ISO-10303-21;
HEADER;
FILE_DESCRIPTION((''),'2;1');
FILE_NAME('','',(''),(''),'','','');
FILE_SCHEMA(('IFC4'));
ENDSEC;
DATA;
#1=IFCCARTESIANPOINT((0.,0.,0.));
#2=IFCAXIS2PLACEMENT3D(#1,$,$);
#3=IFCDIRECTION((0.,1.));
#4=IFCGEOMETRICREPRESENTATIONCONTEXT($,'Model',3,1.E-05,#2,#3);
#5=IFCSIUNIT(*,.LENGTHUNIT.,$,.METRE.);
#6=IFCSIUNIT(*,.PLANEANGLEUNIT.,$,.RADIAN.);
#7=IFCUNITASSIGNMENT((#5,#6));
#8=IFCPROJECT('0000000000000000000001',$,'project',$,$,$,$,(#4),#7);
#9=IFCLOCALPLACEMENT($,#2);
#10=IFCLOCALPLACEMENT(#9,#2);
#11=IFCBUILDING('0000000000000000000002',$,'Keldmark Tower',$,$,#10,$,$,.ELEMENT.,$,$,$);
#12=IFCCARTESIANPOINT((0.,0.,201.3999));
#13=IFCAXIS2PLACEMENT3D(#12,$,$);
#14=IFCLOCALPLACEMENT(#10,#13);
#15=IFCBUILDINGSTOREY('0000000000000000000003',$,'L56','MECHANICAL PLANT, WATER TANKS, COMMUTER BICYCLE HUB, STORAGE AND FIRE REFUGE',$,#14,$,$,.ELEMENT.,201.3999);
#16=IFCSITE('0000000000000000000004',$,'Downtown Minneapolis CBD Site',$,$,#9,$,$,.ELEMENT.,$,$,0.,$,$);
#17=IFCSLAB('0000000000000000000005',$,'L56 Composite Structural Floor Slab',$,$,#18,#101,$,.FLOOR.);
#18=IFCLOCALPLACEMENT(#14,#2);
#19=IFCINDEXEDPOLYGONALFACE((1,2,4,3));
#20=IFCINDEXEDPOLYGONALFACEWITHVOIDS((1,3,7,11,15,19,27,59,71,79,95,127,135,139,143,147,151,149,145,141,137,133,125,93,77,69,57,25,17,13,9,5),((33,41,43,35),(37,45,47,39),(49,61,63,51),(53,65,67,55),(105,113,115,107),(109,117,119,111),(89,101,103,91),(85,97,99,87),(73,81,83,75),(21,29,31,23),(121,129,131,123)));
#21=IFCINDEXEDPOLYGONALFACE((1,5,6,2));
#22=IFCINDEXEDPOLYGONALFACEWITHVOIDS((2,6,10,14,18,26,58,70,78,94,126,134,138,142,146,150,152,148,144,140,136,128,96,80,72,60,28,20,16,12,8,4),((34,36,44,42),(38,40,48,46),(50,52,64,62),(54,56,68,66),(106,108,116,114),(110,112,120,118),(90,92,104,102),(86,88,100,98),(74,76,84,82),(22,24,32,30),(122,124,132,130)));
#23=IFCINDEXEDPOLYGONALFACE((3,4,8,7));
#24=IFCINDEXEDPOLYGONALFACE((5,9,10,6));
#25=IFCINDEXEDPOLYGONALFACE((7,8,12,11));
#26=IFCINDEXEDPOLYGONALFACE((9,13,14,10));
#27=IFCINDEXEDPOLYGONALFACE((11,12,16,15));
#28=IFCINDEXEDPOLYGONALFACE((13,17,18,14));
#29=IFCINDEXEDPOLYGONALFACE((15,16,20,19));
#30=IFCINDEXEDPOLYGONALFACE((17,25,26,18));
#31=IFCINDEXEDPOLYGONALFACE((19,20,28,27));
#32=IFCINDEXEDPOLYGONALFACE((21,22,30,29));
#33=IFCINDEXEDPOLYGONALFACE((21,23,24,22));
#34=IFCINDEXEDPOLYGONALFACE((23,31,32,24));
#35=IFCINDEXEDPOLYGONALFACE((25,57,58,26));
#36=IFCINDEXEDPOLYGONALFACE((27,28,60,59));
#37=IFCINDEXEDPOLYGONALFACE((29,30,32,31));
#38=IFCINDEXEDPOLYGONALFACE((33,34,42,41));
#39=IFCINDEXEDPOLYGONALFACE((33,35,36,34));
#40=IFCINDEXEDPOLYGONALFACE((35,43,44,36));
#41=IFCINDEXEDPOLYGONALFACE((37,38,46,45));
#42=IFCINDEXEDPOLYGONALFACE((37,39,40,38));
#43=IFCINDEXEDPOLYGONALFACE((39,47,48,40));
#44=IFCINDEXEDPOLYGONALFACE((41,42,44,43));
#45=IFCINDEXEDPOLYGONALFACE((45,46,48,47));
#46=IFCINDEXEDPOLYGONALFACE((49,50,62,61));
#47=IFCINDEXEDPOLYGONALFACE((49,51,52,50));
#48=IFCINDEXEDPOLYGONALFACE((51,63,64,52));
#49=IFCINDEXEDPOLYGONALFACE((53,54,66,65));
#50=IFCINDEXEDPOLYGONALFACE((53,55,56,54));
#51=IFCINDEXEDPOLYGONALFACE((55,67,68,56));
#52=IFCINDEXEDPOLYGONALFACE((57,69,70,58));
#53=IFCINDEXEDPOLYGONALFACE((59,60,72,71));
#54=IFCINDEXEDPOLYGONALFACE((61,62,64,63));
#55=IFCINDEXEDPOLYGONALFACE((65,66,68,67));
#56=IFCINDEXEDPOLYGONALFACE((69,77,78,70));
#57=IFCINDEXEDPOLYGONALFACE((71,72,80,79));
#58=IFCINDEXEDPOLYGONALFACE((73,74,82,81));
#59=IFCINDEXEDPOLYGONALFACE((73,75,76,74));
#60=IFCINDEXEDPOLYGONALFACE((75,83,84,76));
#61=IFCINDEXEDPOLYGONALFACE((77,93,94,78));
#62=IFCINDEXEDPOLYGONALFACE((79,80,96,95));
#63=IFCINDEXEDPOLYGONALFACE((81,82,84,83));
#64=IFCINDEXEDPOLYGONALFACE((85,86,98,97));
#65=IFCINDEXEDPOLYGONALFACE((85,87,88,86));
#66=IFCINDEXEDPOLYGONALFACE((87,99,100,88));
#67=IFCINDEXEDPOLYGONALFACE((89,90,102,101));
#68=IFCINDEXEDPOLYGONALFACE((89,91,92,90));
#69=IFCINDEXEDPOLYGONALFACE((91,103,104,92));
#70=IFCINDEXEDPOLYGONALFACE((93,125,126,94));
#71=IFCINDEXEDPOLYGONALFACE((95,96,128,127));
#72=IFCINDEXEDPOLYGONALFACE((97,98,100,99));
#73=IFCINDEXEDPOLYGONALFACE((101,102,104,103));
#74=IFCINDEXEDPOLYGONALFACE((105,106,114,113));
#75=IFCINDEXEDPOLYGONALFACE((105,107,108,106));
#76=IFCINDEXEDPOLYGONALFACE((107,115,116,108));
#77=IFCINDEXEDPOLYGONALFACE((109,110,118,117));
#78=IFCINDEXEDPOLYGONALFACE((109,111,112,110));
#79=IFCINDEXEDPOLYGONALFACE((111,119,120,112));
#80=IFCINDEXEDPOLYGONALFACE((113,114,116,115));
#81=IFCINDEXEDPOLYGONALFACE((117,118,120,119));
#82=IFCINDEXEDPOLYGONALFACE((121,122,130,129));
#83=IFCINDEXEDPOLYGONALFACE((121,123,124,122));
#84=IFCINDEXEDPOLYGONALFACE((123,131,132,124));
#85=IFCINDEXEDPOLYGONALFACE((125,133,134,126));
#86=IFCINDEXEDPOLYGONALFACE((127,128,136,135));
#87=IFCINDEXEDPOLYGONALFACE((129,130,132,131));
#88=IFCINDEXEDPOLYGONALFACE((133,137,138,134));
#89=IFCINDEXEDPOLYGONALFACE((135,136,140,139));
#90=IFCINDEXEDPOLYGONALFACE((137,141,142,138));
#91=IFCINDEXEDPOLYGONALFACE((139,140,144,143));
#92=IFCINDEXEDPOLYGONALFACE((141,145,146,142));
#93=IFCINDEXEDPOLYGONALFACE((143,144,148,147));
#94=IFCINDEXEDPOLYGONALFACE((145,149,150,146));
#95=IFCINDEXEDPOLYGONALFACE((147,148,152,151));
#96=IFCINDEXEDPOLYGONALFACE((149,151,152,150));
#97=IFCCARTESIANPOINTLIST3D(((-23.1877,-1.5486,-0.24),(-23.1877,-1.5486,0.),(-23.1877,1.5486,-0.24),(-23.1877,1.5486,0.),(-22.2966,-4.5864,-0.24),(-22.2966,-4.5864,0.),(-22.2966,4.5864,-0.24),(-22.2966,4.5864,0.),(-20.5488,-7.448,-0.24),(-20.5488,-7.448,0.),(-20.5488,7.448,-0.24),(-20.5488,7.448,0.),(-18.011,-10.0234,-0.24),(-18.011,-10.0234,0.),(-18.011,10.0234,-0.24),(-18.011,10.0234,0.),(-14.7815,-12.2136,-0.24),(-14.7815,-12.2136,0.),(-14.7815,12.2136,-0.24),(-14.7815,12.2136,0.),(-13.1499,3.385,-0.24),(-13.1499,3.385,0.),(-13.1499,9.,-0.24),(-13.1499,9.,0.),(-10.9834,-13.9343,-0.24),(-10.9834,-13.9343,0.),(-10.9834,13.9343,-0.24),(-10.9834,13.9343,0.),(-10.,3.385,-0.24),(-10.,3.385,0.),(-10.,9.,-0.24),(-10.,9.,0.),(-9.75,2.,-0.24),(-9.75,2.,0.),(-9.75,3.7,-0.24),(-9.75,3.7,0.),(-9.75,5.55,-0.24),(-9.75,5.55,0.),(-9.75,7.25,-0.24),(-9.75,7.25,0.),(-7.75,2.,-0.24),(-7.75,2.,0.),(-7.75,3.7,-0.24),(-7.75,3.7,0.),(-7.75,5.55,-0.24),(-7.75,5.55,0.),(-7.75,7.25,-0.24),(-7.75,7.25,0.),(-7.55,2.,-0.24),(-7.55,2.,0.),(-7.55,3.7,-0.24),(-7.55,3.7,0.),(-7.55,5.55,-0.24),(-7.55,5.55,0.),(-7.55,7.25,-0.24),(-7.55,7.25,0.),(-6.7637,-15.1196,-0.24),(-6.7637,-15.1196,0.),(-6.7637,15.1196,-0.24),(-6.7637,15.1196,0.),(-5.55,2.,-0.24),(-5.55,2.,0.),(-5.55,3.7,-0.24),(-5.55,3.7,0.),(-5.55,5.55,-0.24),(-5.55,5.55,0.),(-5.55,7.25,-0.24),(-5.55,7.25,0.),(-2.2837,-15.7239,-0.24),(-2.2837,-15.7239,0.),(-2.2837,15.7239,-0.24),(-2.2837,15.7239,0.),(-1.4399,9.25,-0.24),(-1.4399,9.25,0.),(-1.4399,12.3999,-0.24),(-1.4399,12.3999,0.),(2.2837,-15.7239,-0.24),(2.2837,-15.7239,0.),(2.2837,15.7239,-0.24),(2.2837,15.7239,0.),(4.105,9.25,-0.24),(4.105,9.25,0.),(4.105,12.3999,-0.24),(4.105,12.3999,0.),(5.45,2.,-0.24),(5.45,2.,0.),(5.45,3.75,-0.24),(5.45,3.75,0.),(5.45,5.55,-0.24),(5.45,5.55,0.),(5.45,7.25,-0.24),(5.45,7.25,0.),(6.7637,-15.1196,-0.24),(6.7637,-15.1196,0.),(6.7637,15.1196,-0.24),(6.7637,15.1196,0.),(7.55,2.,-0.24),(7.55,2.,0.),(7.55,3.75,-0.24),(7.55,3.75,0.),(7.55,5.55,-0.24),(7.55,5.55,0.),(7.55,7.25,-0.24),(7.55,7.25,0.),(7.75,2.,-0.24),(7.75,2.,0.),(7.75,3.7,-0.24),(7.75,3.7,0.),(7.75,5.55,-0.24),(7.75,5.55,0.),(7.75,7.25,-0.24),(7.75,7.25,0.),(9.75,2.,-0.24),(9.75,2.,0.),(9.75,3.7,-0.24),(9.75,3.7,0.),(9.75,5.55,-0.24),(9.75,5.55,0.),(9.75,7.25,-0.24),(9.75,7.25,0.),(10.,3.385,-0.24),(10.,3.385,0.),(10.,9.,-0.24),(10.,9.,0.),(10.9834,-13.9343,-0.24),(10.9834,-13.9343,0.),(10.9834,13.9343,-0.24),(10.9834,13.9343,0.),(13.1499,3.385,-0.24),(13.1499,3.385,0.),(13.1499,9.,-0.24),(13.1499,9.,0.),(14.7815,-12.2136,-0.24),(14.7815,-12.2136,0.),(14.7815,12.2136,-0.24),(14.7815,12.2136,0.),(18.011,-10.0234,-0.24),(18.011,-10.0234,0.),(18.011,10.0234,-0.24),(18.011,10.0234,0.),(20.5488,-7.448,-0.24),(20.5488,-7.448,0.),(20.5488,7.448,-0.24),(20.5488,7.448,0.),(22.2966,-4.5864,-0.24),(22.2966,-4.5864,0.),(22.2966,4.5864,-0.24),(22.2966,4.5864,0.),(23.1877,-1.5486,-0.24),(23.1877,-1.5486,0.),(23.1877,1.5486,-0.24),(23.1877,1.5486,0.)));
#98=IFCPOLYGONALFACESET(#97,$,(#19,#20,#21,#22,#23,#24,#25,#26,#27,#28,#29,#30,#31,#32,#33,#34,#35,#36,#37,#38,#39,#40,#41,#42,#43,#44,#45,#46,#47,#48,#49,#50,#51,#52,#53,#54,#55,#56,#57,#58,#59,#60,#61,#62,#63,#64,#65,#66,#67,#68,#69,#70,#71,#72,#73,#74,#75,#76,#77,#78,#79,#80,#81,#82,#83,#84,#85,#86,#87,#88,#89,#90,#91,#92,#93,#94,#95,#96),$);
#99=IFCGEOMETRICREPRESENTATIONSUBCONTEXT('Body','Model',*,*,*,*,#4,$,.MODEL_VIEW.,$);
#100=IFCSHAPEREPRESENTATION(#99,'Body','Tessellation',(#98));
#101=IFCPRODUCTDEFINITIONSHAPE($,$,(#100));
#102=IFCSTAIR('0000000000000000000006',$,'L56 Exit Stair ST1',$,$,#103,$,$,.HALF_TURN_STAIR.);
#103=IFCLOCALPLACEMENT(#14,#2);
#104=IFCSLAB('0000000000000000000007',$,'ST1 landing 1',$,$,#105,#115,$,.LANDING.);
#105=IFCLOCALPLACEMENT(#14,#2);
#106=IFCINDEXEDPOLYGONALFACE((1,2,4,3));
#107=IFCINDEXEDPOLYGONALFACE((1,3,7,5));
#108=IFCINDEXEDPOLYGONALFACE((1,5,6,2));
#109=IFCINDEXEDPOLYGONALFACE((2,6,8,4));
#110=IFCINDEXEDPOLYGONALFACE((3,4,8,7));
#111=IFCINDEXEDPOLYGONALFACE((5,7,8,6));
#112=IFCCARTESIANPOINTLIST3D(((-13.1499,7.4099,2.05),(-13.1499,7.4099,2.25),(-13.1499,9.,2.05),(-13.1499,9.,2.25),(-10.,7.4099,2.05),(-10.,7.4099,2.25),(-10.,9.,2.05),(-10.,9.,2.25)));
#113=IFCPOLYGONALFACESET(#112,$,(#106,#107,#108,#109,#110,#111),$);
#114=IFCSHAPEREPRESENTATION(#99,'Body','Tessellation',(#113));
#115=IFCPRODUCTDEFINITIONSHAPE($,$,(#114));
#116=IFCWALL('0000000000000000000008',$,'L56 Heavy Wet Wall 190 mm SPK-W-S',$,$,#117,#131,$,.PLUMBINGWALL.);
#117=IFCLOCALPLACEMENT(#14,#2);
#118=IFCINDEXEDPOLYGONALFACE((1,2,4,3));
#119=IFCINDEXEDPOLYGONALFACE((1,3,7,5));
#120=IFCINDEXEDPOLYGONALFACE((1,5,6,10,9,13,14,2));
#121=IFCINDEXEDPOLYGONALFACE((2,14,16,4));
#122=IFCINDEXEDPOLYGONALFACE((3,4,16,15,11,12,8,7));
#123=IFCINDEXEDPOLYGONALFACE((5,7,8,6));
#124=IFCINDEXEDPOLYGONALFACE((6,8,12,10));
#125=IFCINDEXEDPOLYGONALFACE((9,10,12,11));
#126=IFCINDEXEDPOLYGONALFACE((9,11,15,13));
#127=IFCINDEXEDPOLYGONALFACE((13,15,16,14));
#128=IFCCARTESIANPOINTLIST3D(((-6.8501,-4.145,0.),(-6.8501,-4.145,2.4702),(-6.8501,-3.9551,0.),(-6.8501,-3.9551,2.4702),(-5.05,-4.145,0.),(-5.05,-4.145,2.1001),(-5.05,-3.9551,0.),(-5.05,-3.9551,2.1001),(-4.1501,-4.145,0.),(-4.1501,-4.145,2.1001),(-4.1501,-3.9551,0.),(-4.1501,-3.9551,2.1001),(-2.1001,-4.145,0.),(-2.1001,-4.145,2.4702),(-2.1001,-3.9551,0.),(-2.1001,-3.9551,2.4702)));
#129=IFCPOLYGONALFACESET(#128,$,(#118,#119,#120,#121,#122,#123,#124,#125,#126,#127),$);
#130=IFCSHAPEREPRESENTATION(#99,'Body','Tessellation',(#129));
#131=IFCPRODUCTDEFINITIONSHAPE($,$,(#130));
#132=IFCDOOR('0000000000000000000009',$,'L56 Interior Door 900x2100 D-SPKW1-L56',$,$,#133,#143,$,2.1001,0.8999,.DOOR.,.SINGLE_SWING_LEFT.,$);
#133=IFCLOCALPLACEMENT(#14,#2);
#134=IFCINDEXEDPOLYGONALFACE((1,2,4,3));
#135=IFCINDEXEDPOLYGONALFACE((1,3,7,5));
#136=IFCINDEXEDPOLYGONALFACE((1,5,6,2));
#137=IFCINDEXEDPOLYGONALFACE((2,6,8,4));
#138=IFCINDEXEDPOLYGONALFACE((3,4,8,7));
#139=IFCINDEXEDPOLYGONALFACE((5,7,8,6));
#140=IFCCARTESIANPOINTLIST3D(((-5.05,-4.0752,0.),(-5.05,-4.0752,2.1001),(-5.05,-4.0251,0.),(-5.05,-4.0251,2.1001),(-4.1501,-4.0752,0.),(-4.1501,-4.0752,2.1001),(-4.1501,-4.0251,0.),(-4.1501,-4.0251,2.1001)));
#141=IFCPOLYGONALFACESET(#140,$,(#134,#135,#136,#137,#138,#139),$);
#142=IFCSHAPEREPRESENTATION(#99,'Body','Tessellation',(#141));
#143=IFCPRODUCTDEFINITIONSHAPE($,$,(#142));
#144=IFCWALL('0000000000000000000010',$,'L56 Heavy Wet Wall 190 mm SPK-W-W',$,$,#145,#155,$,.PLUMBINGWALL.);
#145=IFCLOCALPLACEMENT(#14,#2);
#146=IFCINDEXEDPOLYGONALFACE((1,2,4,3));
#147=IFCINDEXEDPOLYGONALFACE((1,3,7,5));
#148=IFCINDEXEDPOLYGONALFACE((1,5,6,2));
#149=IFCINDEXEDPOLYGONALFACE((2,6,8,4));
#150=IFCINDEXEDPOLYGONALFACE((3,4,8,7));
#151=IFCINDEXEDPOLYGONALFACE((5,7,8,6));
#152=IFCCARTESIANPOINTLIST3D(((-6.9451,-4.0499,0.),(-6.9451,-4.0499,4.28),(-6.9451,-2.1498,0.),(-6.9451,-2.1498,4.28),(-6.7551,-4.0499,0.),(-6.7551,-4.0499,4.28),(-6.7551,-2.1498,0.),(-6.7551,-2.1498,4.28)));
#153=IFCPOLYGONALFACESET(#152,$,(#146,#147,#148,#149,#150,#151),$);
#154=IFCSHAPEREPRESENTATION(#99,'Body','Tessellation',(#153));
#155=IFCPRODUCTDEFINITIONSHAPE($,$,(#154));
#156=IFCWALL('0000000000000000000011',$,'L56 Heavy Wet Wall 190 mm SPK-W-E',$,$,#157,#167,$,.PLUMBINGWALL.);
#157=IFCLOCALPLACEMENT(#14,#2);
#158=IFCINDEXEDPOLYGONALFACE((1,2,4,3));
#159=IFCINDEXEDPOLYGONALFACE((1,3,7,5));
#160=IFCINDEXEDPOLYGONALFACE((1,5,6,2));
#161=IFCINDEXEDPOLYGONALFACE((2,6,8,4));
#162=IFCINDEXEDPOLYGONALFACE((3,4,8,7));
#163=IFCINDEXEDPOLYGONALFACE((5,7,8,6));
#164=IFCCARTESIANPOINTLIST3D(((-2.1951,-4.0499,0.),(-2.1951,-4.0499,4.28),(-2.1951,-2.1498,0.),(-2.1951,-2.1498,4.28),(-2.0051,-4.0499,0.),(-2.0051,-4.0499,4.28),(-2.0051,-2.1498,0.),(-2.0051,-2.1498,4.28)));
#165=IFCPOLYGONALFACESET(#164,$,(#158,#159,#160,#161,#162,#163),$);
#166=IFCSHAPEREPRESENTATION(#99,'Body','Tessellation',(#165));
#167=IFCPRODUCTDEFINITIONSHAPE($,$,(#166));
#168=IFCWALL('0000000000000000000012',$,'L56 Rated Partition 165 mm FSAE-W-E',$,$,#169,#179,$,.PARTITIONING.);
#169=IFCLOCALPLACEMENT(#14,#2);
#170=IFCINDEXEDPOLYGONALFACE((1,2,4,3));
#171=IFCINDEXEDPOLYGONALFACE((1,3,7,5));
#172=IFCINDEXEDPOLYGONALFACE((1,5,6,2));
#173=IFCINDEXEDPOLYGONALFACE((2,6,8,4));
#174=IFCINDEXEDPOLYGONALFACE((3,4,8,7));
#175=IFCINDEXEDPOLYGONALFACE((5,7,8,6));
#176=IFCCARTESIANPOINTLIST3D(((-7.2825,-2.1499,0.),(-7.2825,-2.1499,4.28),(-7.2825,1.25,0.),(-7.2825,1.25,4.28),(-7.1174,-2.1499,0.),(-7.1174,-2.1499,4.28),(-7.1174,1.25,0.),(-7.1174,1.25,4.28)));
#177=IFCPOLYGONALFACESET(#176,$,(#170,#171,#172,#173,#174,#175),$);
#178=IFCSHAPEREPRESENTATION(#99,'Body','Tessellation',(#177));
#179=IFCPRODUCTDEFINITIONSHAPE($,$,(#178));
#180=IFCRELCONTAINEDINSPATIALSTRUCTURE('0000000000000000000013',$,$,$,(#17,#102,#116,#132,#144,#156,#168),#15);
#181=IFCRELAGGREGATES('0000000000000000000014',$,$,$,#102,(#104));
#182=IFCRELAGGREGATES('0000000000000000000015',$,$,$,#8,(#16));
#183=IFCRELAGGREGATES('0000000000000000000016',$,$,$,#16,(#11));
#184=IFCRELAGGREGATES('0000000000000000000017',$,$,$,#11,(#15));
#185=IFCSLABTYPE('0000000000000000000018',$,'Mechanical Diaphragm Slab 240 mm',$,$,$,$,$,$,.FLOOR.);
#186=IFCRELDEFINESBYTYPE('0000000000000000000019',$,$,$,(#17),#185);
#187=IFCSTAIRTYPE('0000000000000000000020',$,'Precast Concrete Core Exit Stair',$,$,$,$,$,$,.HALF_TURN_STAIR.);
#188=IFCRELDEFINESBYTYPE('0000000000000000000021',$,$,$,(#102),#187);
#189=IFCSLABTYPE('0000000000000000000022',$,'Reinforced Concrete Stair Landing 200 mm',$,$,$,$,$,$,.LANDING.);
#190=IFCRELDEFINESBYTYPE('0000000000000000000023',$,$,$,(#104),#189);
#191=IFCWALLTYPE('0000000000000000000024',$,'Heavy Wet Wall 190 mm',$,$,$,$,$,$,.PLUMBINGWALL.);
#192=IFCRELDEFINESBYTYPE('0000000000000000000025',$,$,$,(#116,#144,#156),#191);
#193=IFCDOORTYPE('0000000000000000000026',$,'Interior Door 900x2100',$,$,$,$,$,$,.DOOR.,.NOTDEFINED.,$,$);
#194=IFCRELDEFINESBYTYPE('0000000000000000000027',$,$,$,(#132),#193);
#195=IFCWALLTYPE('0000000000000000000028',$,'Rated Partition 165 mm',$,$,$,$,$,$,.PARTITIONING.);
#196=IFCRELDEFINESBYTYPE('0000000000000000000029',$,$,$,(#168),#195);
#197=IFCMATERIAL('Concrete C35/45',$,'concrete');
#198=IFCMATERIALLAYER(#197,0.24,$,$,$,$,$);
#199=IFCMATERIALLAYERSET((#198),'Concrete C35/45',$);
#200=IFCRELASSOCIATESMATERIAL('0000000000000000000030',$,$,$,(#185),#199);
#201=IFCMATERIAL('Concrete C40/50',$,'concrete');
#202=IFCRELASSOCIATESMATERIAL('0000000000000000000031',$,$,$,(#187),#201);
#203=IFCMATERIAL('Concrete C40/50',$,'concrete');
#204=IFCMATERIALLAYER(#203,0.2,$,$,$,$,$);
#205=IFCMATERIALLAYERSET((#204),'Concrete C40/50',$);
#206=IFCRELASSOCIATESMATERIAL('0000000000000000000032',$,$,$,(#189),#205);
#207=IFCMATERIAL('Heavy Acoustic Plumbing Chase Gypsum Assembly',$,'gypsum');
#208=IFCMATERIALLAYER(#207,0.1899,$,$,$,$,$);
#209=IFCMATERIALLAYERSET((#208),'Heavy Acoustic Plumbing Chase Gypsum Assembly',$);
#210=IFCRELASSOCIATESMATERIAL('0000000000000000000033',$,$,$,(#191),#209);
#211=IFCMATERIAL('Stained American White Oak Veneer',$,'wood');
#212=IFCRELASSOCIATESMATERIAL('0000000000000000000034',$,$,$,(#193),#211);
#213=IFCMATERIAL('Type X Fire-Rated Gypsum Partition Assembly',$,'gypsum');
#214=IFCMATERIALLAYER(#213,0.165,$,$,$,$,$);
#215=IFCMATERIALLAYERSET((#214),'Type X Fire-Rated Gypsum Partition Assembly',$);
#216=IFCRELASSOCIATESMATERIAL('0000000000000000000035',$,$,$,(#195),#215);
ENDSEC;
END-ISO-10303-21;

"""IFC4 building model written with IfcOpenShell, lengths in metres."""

from ifc_helpers import new_model, si_unit, direction, frame, frame_2d, origin, place, context, subcontext, project, spatial, polyline, rectangle, outline, extrude, material, layer, layer_set, type_object, element, fill, aggregate, save


model = new_model("IFC4")

# Units and contexts
model_context = context("Model", 3, precision=1e-05, world=origin(), true_north=direction((0.0, 1.0)))
body_context = subcontext(model_context, "Body", "Model", "MODEL_VIEW")
ifc_project = project(units=[si_unit("LENGTHUNIT", "METRE"), si_unit("PLANEANGLEUNIT", "RADIAN")], contexts=[model_context])

# Site, building, storey
site_placement = place(None, origin())
site = spatial("IfcSite", under=ifc_project, at=site_placement, Name="Downtown Minneapolis CBD Site", CompositionType="ELEMENT", RefElevation=0.0)
building_placement = place(site_placement, origin())
building = spatial("IfcBuilding", under=site, at=building_placement, Name="Keldmark Tower", CompositionType="ELEMENT")
storey_placement = place(building_placement, frame((0.0, 0.0, 201.3999)))
storey = spatial("IfcBuildingStorey", under=building, at=storey_placement, Name="L56", Description="MECHANICAL PLANT, WATER TANKS, COMMUTER BICYCLE HUB, STORAGE AND FIRE REFUGE", CompositionType="ELEMENT", Elevation=201.3999)

# Slab
ifc_material_1 = material(Name="Concrete C35/45", Category="concrete")
ifc_layer_1 = layer(ifc_material_1, 0.24)
ifc_layer_set_1 = layer_set([ifc_layer_1], Name="Concrete C35/45")
slab_type_1 = type_object("IfcSlabType", Name="Mechanical Diaphragm Slab 240 mm", PredefinedType="FLOOR", material=ifc_layer_set_1)
slab_1_placement = place(storey_placement, frame((0.0, 0.0, -0.24)))
element("IfcSlab", 1, at=slab_1_placement, inside=storey, type_object=slab_type_1, Name="L56 Composite Structural Floor Slab", PredefinedType="FLOOR", context=body_context, shape_type="SweptSolid", body=[
    extrude(outline(polyline([(23.1877, 1.5486), (22.2966, 4.5864), (20.5488, 7.448), (18.011, 10.0234), (14.7815, 12.2136), (10.9834, 13.9343), (6.7637, 15.1196), (2.2837, 15.7239), (-2.2837, 15.7239), (-6.7637, 15.1196), (-10.9834, 13.9343), (-14.7815, 12.2136), (-18.011, 10.0234), (-20.5488, 7.448), (-22.2966, 4.5864), (-23.1877, 1.5486), (-23.1877, -1.5486), (-22.2966, -4.5864), (-20.5488, -7.448), (-18.011, -10.0234), (-14.7815, -12.2136), (-10.9834, -13.9343), (-6.7637, -15.1196), (-2.2837, -15.7239), (2.2837, -15.7239), (6.7637, -15.1196), (10.9834, -13.9343), (14.7815, -12.2136), (18.011, -10.0234), (20.5488, -7.448), (22.2966, -4.5864), (23.1877, -1.5486), (23.1877, 1.5486)]), holes=[polyline([(-10.0, 3.385), (-10.0, 9.0), (-13.1499, 9.0), (-13.1499, 3.385), (-10.0, 3.385)]), polyline([(13.1499, 3.385), (13.1499, 9.0), (10.0, 9.0), (10.0, 3.385), (13.1499, 3.385)]), polyline([(-1.4399, 9.25), (4.105, 9.25), (4.105, 12.3999), (-1.4399, 12.3999), (-1.4399, 9.25)]), polyline([(-9.75, 2.0), (-7.75, 2.0), (-7.75, 3.7), (-9.75, 3.7), (-9.75, 2.0)]), polyline([(7.75, 2.0), (9.75, 2.0), (9.75, 3.7), (7.75, 3.7), (7.75, 2.0)]), polyline([(5.45, 2.0), (7.55, 2.0), (7.55, 3.75), (5.45, 3.75), (5.45, 2.0)]), polyline([(-9.75, 5.55), (-7.75, 5.55), (-7.75, 7.25), (-9.75, 7.25), (-9.75, 5.55)]), polyline([(-7.55, 5.55), (-5.55, 5.55), (-5.55, 7.25), (-7.55, 7.25), (-7.55, 5.55)]), polyline([(-7.55, 2.0), (-5.55, 2.0), (-5.55, 3.7), (-7.55, 3.7), (-7.55, 2.0)]), polyline([(5.45, 5.55), (7.55, 5.55), (7.55, 7.25), (5.45, 7.25), (5.45, 5.55)]), polyline([(7.75, 5.55), (9.75, 5.55), (9.75, 7.25), (7.75, 7.25), (7.75, 5.55)])]), origin(), (0.0, 0.0, 1.0), 0.24),
])

# Stair, slab
ifc_material_2 = material(Name="Concrete C40/50", Category="concrete")
stair_type = type_object("IfcStairType", Name="Precast Concrete Core Exit Stair", PredefinedType="HALF_TURN_STAIR", material=ifc_material_2)
stair_placement = place(storey_placement, origin())
stair = element("IfcStair", 2, at=stair_placement, inside=storey, type_object=stair_type, Name="L56 Exit Stair ST1", PredefinedType="HALF_TURN_STAIR")
ifc_material_3 = material(Name="Concrete C40/50", Category="concrete")
ifc_layer_2 = layer(ifc_material_3, 0.2)
ifc_layer_set_2 = layer_set([ifc_layer_2], Name="Concrete C40/50")
slab_type_2 = type_object("IfcSlabType", Name="Reinforced Concrete Stair Landing 200 mm", PredefinedType="LANDING", material=ifc_layer_set_2)
slab_2_placement = place(storey_placement, frame((0.0, 0.0, 2.05)))
slab_2 = element("IfcSlab", 3, at=slab_2_placement, type_object=slab_type_2, Name="ST1 landing 1", PredefinedType="LANDING", context=body_context, shape_type="SweptSolid", body=[
    extrude(outline(polyline([(-10.0, 7.4099), (-10.0, 9.0), (-13.1499, 9.0), (-13.1499, 7.4099), (-10.0, 7.4099)])), origin(), (0.0, 0.0, 1.0), 0.2),
])
aggregate(stair, [slab_2])

# Wall, opening, door
ifc_material_4 = material(Name="Heavy Acoustic Plumbing Chase Gypsum Assembly", Category="gypsum")
ifc_layer_3 = layer(ifc_material_4, 0.1899)
ifc_layer_set_3 = layer_set([ifc_layer_3], Name="Heavy Acoustic Plumbing Chase Gypsum Assembly")
wall_type_1 = type_object("IfcWallType", Name="Heavy Wet Wall 190 mm", PredefinedType="PLUMBINGWALL", material=ifc_layer_set_3)
wall_1_placement = place(storey_placement, frame((-6.8501, -4.05, 0.0), z_axis=(0.0, 0.0, 1.0), x_axis=(1.0, 0.0, 0.0)))
wall_1 = element("IfcWall", 4, at=wall_1_placement, inside=storey, type_object=wall_type_1, Name="L56 Heavy Wet Wall 190 mm SPK-W-S", PredefinedType="PLUMBINGWALL", context=body_context, shape_type="SweptSolid", body=[
    extrude(rectangle(XDim=4.75, YDim=0.1899, at=frame_2d((2.375, 0.0))), origin(), (0.0, 0.0, 1.0), 2.4702),
])
opening_1_placement = place(wall_1_placement, frame((1.8, 0.0, 0.0)))
opening_1 = element("IfcOpeningElement", 5, at=opening_1_placement, cuts=wall_1, PredefinedType="OPENING", context=body_context, shape_type="SweptSolid", body=[
    extrude(rectangle(XDim=0.8999, YDim=2.1001, at=frame_2d((0.45, 1.05))), frame((0.0, 0.105, 0.0), z_axis=(0.0, -1.0, 0.0), x_axis=(1.0, 0.0, 0.0)), (0.0, 0.0, 1.0), 0.21),
])
ifc_material_5 = material(Name="Stained American White Oak Veneer", Category="wood")
door_type_1 = type_object("IfcDoorType", Name="Interior Door 900x2100", OperationType="NOTDEFINED", PredefinedType="DOOR", material=ifc_material_5)
door_1_placement = place(opening_1_placement, origin())
door_1 = element("IfcDoor", 6, at=door_1_placement, inside=storey, type_object=door_type_1, Name="L56 Interior Door 900x2100 D-SPKW1-L56", OperationType="SINGLE_SWING_LEFT", OverallHeight=2.1001, OverallWidth=0.8999, PredefinedType="DOOR", context=body_context, shape_type="SweptSolid", body=[
    extrude(rectangle(XDim=0.8999, YDim=2.1001, at=frame_2d((0.45, 1.05))), frame((0.0, 0.0249, 0.0), z_axis=(0.0, -1.0, 0.0), x_axis=(1.0, 0.0, 0.0)), (0.0, 0.0, 1.0), 0.05),
])
fill(opening_1, door_1)

# Walls
for number, where, z_axis, x_axis, name in (
    (7, (-6.8501, -4.05, 0.0), (0.0, 0.0, 1.0), (0.0, 1.0, 0.0), "L56 Heavy Wet Wall 190 mm SPK-W-W"),
    (8, (-2.1001, -4.05, 0.0), (0.0, 0.0, 1.0), (0.0, 1.0, 0.0), "L56 Heavy Wet Wall 190 mm SPK-W-E"),
):
    element("IfcWall", number, at=place(storey_placement, frame(where, z_axis=z_axis, x_axis=x_axis)), inside=storey, type_object=wall_type_1, Name=name, PredefinedType="PLUMBINGWALL", context=body_context, shape_type="SweptSolid", body=[
        extrude(rectangle(XDim=1.9001, YDim=0.1899, at=frame_2d((0.9502, 0.0))), origin(), (0.0, 0.0, 1.0), 4.28),
    ])
ifc_material_6 = material(Name="Type X Fire-Rated Gypsum Partition Assembly", Category="gypsum")
ifc_layer_4 = layer(ifc_material_6, 0.165)
ifc_layer_set_4 = layer_set([ifc_layer_4], Name="Type X Fire-Rated Gypsum Partition Assembly")
wall_type_2 = type_object("IfcWallType", Name="Rated Partition 165 mm", PredefinedType="PARTITIONING", material=ifc_layer_set_4)
wall_2_placement = place(storey_placement, frame((-7.2, -2.1499, 0.0), z_axis=(0.0, 0.0, 1.0), x_axis=(0.0, 1.0, 0.0)))
element("IfcWall", 9, at=wall_2_placement, inside=storey, type_object=wall_type_2, Name="L56 Rated Partition 165 mm FSAE-W-E", PredefinedType="PARTITIONING", context=body_context, shape_type="SweptSolid", body=[
    extrude(rectangle(XDim=3.3999, YDim=0.165, at=frame_2d((1.7, 0.0))), origin(), (0.0, 0.0, 1.0), 4.28),
])

save(model, "model.ifc")
